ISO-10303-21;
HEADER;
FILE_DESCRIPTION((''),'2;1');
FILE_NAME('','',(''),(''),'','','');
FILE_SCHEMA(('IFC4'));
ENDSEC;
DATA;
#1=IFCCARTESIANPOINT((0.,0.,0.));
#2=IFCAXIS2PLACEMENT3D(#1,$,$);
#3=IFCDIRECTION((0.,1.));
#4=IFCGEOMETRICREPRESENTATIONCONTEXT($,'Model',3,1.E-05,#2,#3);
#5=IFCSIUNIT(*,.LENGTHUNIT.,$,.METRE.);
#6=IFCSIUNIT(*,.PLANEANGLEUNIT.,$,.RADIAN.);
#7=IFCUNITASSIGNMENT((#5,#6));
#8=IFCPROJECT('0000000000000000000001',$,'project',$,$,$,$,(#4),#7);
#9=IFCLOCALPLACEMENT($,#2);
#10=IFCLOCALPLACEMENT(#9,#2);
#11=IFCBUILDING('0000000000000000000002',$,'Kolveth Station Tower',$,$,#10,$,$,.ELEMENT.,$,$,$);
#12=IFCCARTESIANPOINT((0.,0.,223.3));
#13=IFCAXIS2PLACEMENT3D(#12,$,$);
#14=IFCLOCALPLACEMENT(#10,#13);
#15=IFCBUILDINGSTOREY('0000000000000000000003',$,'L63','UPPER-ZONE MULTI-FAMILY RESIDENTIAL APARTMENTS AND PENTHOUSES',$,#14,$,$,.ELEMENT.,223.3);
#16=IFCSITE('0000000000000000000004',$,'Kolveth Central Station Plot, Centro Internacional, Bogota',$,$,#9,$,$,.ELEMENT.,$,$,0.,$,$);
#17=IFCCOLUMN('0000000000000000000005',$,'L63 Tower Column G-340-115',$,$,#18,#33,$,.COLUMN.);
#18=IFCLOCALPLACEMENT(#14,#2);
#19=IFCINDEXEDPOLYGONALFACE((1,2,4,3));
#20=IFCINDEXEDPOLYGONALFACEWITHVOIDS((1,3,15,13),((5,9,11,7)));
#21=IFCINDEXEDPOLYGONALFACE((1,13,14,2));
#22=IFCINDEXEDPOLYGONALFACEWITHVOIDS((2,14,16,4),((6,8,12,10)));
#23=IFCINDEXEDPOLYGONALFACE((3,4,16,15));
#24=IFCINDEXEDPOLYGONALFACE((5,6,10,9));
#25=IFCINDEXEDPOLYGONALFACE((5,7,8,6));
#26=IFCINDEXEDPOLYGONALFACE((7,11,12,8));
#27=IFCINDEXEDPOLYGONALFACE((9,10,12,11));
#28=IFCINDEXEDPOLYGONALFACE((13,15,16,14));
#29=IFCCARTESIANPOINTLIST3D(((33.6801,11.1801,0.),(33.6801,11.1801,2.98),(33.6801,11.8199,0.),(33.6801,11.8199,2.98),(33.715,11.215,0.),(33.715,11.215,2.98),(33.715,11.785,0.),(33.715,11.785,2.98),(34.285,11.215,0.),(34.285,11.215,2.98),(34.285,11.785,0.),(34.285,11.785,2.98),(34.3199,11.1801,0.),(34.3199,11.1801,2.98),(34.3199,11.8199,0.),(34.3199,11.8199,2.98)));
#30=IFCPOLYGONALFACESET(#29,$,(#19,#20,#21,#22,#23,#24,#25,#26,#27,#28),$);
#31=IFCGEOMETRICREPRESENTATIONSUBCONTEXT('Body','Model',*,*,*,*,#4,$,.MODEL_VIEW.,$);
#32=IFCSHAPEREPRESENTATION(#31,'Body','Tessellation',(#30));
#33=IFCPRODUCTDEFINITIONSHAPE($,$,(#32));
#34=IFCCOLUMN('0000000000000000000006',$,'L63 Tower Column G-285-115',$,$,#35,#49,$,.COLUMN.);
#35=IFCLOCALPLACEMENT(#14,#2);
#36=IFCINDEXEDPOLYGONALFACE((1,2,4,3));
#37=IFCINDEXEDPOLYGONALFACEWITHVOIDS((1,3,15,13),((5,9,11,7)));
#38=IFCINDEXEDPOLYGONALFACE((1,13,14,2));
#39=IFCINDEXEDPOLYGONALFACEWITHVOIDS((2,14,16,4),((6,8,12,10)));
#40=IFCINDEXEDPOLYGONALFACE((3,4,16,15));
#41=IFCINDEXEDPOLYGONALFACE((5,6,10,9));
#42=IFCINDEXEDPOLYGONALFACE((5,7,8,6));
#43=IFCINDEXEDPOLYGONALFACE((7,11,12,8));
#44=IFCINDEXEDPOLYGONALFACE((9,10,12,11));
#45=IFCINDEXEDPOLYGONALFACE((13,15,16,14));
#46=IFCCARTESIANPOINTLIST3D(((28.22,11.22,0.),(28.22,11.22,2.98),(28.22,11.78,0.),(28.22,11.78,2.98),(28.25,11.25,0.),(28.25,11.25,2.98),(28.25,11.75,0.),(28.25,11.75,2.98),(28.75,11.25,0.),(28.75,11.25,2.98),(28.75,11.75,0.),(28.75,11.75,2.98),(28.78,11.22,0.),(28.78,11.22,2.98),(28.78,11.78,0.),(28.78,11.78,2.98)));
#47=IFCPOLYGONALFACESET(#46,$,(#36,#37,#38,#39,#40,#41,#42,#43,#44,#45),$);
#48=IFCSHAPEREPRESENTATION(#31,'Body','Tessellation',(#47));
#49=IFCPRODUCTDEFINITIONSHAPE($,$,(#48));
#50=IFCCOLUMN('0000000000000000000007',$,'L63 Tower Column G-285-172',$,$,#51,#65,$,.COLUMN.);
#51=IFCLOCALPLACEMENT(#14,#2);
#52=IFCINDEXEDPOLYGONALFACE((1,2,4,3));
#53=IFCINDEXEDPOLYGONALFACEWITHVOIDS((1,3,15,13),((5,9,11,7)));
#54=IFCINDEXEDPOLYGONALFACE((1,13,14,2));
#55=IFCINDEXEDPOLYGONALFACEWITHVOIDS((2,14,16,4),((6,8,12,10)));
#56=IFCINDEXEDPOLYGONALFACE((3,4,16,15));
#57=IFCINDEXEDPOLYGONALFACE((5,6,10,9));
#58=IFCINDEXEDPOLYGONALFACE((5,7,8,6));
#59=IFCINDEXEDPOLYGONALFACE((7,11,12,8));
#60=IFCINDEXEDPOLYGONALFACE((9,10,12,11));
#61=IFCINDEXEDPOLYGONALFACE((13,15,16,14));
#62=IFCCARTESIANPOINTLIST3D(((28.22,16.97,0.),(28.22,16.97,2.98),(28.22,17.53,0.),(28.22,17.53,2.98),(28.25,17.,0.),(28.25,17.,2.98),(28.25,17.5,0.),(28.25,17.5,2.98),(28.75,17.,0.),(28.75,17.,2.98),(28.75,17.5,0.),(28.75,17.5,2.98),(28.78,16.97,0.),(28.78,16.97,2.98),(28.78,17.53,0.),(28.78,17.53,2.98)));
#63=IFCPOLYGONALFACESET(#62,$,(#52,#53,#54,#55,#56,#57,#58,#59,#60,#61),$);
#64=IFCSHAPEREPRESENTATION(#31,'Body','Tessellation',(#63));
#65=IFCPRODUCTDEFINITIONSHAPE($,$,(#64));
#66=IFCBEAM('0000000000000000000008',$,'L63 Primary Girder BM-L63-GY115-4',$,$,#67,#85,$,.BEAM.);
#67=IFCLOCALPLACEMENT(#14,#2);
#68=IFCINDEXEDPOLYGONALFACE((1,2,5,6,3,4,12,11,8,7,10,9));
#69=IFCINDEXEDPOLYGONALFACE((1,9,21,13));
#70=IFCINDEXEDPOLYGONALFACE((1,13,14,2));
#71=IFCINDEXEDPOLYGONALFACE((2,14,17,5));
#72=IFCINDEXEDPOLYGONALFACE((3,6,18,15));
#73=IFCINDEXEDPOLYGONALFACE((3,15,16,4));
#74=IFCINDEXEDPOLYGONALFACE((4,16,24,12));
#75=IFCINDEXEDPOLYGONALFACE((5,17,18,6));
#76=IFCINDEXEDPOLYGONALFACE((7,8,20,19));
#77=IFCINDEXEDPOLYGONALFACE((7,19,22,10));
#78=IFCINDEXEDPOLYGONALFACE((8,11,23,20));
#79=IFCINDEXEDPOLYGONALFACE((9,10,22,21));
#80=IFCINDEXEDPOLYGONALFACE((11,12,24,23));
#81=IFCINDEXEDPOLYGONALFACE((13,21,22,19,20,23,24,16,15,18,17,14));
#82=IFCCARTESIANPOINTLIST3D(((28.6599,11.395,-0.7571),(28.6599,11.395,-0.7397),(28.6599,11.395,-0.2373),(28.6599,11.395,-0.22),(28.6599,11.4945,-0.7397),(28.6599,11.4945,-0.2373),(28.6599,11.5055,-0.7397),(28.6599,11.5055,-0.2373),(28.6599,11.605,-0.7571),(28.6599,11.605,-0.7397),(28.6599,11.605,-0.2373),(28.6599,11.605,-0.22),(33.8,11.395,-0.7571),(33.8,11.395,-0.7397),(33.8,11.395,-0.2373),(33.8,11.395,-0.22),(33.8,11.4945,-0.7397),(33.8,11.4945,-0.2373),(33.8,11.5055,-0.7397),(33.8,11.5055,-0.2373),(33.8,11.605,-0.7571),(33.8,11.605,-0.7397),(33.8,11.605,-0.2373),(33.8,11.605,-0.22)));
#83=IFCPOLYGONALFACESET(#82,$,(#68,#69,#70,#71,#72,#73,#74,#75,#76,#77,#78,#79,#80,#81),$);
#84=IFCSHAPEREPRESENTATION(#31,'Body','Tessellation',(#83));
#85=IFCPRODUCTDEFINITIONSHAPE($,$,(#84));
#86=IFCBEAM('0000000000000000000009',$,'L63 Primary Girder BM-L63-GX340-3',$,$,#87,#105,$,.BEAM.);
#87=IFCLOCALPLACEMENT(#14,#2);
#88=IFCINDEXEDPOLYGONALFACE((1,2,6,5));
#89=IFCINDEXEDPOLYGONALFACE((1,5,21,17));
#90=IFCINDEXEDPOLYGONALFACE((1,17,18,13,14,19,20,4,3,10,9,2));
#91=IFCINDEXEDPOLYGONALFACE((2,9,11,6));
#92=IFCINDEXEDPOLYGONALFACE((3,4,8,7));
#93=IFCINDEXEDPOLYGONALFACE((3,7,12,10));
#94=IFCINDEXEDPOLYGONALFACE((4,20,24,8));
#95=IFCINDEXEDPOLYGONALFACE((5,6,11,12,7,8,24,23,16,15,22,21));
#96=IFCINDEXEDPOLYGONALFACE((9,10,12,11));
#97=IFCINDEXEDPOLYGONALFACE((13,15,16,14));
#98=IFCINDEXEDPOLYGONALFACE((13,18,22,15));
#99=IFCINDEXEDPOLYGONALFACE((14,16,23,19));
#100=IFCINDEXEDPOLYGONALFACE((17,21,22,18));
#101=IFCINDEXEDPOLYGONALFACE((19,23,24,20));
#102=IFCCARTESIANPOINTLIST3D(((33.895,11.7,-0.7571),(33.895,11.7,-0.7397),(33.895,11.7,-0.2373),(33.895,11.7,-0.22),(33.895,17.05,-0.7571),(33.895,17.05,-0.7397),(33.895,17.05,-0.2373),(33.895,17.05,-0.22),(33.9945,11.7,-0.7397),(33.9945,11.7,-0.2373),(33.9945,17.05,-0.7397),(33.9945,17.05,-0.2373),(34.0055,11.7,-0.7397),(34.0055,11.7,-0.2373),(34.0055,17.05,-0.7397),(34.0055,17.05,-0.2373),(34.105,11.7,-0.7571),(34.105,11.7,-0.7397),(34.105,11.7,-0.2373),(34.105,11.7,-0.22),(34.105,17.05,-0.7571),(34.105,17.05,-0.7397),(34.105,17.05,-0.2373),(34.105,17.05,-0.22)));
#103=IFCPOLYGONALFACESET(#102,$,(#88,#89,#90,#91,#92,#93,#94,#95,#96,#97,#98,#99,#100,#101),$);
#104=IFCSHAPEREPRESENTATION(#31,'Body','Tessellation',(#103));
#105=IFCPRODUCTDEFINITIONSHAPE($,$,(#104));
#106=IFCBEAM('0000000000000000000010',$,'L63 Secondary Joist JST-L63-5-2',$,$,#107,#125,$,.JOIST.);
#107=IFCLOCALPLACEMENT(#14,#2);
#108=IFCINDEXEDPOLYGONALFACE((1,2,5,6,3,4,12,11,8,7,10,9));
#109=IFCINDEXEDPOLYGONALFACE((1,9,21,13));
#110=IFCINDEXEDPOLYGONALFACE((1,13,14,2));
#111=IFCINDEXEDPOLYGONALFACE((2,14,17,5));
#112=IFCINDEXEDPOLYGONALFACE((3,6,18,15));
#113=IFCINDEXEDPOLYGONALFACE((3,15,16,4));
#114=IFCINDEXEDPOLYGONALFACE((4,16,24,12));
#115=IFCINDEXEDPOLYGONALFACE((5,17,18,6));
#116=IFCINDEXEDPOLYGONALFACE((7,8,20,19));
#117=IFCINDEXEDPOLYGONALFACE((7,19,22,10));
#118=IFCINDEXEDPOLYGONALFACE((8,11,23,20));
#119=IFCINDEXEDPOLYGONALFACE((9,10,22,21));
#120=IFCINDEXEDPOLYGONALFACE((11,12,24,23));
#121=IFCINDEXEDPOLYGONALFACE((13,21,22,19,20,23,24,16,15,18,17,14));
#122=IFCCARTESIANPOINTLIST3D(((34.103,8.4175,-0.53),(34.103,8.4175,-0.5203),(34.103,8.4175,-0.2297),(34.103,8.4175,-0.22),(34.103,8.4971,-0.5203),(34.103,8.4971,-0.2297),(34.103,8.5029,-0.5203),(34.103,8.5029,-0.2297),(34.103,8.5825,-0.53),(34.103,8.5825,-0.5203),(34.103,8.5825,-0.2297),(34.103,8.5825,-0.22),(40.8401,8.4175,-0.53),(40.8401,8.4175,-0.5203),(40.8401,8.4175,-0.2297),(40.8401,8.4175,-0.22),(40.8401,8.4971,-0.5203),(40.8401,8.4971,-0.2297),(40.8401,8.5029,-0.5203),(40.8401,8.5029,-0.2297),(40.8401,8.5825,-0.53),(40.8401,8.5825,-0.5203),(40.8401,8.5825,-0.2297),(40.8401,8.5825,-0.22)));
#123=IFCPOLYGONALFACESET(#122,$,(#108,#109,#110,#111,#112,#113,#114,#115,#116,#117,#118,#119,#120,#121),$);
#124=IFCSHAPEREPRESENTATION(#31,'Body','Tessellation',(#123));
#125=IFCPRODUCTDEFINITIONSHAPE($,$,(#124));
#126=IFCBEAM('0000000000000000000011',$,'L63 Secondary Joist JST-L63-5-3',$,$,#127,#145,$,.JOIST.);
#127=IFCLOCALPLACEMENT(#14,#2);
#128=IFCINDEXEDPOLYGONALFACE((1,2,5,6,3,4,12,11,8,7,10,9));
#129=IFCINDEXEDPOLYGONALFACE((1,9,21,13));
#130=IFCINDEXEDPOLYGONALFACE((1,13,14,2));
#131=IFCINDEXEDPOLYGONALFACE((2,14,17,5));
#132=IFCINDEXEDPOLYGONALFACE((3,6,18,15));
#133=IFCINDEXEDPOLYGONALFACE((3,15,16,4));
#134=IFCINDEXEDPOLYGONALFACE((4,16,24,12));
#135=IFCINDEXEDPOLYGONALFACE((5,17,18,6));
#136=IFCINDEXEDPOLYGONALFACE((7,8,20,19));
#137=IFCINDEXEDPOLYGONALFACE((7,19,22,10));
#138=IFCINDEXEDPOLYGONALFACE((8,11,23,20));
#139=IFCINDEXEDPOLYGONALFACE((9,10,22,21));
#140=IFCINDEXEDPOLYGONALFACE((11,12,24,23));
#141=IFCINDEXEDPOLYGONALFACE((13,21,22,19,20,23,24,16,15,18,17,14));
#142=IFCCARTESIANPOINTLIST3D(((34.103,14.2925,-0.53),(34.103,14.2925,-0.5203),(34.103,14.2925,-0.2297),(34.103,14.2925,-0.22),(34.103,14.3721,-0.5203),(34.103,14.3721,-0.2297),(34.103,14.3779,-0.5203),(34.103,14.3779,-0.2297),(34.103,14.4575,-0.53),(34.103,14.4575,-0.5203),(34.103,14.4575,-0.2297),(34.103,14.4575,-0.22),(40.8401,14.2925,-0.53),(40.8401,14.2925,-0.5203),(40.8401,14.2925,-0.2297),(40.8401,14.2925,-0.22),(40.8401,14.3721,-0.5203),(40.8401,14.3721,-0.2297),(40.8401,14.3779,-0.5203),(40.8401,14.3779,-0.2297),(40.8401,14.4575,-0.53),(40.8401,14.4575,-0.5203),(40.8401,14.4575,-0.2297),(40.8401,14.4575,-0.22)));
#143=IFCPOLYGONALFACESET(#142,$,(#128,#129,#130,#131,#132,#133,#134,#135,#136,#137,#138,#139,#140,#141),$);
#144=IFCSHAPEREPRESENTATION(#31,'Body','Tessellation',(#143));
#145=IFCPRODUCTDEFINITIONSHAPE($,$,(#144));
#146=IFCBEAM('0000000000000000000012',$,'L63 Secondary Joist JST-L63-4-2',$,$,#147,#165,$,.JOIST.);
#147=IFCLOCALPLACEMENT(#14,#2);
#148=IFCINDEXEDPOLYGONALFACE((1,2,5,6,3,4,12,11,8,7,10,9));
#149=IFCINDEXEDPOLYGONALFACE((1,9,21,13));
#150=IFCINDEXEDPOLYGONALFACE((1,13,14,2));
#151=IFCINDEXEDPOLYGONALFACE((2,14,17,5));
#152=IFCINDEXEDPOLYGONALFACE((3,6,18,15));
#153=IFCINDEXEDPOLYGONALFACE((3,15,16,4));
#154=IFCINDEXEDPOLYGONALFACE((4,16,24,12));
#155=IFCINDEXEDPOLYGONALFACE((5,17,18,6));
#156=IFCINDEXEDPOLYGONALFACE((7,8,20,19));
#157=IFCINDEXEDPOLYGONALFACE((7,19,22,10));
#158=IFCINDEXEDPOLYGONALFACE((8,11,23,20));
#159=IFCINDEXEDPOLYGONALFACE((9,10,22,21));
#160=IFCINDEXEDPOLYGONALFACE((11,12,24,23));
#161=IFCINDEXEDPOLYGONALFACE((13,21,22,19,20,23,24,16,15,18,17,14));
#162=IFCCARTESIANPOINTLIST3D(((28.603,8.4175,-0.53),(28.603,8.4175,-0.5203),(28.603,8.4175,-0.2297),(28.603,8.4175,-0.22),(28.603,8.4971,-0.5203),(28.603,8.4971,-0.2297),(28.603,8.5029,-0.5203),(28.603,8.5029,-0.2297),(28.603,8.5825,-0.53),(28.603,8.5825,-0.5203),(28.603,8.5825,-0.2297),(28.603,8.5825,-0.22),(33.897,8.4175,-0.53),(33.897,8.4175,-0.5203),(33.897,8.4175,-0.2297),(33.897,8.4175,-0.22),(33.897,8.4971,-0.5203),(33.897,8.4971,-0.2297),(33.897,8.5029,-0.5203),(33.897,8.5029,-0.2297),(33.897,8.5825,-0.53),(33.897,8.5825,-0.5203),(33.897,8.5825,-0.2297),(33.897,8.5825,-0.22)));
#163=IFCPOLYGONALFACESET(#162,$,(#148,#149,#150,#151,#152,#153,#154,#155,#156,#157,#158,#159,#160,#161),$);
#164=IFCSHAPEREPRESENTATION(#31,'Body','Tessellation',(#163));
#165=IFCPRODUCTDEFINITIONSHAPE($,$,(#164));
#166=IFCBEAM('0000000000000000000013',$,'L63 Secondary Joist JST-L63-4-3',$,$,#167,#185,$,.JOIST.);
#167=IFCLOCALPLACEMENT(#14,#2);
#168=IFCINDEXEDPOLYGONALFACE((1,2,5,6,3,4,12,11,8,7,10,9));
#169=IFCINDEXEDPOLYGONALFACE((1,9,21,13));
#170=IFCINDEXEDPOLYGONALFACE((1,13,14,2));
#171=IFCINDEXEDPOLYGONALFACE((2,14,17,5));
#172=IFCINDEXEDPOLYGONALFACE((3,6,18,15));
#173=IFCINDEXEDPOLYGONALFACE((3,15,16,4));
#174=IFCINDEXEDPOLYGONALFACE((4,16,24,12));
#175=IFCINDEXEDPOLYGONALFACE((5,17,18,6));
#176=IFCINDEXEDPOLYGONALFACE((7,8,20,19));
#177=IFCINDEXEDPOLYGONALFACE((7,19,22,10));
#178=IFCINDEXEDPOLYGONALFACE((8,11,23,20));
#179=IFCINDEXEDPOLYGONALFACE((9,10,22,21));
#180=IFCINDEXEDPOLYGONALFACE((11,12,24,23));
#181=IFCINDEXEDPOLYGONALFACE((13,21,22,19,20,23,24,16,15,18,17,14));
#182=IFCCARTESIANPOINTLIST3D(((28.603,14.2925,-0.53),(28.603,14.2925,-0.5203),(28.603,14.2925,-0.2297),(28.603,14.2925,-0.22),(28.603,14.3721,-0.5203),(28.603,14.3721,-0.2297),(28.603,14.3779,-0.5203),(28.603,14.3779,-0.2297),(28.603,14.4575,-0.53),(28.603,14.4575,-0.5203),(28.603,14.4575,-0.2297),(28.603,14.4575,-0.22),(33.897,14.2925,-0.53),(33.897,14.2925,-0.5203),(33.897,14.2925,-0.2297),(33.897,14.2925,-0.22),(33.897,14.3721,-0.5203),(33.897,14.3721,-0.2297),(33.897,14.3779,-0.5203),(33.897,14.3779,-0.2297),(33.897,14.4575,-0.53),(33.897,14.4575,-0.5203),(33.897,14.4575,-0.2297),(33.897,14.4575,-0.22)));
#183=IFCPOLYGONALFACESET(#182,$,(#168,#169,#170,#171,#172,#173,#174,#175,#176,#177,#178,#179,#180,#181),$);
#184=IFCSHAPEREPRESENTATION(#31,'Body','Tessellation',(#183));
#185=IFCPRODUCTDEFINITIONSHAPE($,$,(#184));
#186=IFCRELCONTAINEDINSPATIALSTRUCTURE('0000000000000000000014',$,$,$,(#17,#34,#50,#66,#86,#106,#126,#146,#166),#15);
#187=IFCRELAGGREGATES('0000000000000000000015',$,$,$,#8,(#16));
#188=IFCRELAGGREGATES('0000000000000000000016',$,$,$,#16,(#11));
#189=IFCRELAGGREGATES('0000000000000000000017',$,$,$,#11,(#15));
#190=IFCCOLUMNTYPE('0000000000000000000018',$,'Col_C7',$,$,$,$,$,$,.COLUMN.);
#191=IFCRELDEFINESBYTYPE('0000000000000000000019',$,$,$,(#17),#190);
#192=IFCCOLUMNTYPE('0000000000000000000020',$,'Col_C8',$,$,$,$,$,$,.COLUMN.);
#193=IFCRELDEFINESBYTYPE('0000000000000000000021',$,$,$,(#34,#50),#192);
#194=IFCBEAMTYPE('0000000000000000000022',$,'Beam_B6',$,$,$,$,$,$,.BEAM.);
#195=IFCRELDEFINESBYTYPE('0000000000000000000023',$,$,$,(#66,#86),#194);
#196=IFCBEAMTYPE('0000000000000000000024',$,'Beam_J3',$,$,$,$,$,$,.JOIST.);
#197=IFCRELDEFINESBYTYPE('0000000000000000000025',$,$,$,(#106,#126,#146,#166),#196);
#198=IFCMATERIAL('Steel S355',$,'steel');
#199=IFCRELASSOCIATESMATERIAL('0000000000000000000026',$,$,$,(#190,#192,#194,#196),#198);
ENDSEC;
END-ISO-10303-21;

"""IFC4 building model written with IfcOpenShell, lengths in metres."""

from ifc_helpers import new_model, si_unit, direction, frame, origin, origin_2d, place, context, subcontext, project, spatial, hollow_rectangle, i_section, extrude, source, transform, mapped, material, material_profile, profile_set, type_object, element, save


model = new_model("IFC4")

# Units and contexts
model_context = context("Model", 3, precision=1e-05, world=origin(), true_north=direction((0.0, 1.0)))
body_context = subcontext(model_context, "Body", "Model", "MODEL_VIEW")
ifc_project = project(units=[si_unit("LENGTHUNIT", "METRE"), si_unit("PLANEANGLEUNIT", "RADIAN")], contexts=[model_context])

# Site, building, storey
site_placement = place(None, origin())
site = spatial("IfcSite", under=ifc_project, at=site_placement, Name="Kolveth Central Station Plot, Centro Internacional, Bogota", CompositionType="ELEMENT", RefElevation=0.0)
building_placement = place(site_placement, origin())
building = spatial("IfcBuilding", under=site, at=building_placement, Name="Kolveth Station Tower", CompositionType="ELEMENT")
storey_placement = place(building_placement, frame((0.0, 0.0, 223.3)))
storey = spatial("IfcBuildingStorey", under=building, at=storey_placement, Name="L63", Description="UPPER-ZONE MULTI-FAMILY RESIDENTIAL APARTMENTS AND PENTHOUSES", CompositionType="ELEMENT", Elevation=223.3)

# Columns
ifc_material_1 = material(Name="Steel S355", Category="steel")
ifc_material_profile_1 = material_profile(ifc_material_1, hollow_rectangle(XDim=0.6399, YDim=0.6399, WallThickness=0.0349, at=origin_2d()), Name="BOX640x640x35")
ifc_profile_set_1 = profile_set([ifc_material_profile_1], Name="Steel S355")
column_type_1 = type_object("IfcColumnType", Name="Col_C7", PredefinedType="COLUMN", material=ifc_profile_set_1)
shared_shape_1 = source(origin(), body_context, "Body", "SweptSolid", [
    extrude(hollow_rectangle(XDim=0.6399, YDim=0.6399, WallThickness=0.0349, at=origin_2d()), origin(), (0.0, 0.0, 1.0), 2.98),
])
column_placement = place(storey_placement, frame((34.0, 11.5, 0.0), z_axis=(0.0, 0.0, 1.0), x_axis=(1.0, 0.0, 0.0)))
element("IfcColumn", 1, at=column_placement, inside=storey, type_object=column_type_1, Name="L63 Tower Column G-340-115", PredefinedType="COLUMN", context=body_context, shape_type="MappedRepresentation", body=[
    mapped(shared_shape_1, transform((0.0, 0.0, 0.0), x_axis=(1.0, 0.0, 0.0), y_axis=(0.0, 1.0, 0.0), z_axis=(0.0, 0.0, 1.0), scale=1.0)),
])
ifc_material_profile_2 = material_profile(ifc_material_1, hollow_rectangle(XDim=0.5601, YDim=0.5601, WallThickness=0.03, at=origin_2d()), Name="BOX560x560x30")
ifc_profile_set_2 = profile_set([ifc_material_profile_2], Name="Steel S355")
column_type_2 = type_object("IfcColumnType", Name="Col_C8", PredefinedType="COLUMN", material=ifc_profile_set_2)
shared_shape_2 = source(origin(), body_context, "Body", "SweptSolid", [
    extrude(hollow_rectangle(XDim=0.5601, YDim=0.5601, WallThickness=0.03, at=origin_2d()), origin(), (0.0, 0.0, 1.0), 2.98),
])
for number, where, z_axis, x_axis, name in (
    (2, (28.5, 11.5, 0.0), (0.0, 0.0, 1.0), (1.0, 0.0, 0.0), "L63 Tower Column G-285-115"),
    (3, (28.5, 17.25, 0.0), (0.0, 0.0, 1.0), (1.0, 0.0, 0.0), "L63 Tower Column G-285-172"),
):
    element("IfcColumn", number, at=place(storey_placement, frame(where, z_axis=z_axis, x_axis=x_axis)), inside=storey, type_object=column_type_2, Name=name, PredefinedType="COLUMN", context=body_context, shape_type="MappedRepresentation", body=[
        mapped(shared_shape_2, transform((0.0, 0.0, 0.0), x_axis=(1.0, 0.0, 0.0), y_axis=(0.0, 1.0, 0.0), z_axis=(0.0, 0.0, 1.0), scale=1.0)),
    ])

# Beams
ifc_material_profile_3 = material_profile(ifc_material_1, i_section(OverallWidth=0.21, OverallDepth=0.5371, WebThickness=0.011, FlangeThickness=0.0173, at=origin_2d()), Name="W530x101")
ifc_profile_set_3 = profile_set([ifc_material_profile_3], Name="Steel S355")
beam_type_1 = type_object("IfcBeamType", Name="Beam_B6", PredefinedType="BEAM", material=ifc_profile_set_3)
shared_shape_3 = source(origin(), body_context, "Body", "SweptSolid", [
    extrude(i_section(OverallWidth=0.21, OverallDepth=0.5371, WebThickness=0.011, FlangeThickness=0.0173, at=origin_2d()), origin(), (0.0, 0.0, 1.0), 5.1401),
])
beam_1_placement = place(storey_placement, frame((28.6599, 11.5, -0.4885), z_axis=(1.0, 0.0, 0.0), x_axis=(0.0, 1.0, 0.0)))
element("IfcBeam", 4, at=beam_1_placement, inside=storey, type_object=beam_type_1, Name="L63 Primary Girder BM-L63-GY115-4", PredefinedType="BEAM", context=body_context, shape_type="MappedRepresentation", body=[
    mapped(shared_shape_3, transform((0.0, 0.0, 0.0), x_axis=(1.0, 0.0, 0.0), y_axis=(0.0, 1.0, 0.0), z_axis=(0.0, 0.0, 1.0), scale=1.0)),
])
shared_shape_4 = source(origin(), body_context, "Body", "SweptSolid", [
    extrude(i_section(OverallWidth=0.21, OverallDepth=0.5371, WebThickness=0.011, FlangeThickness=0.0173, at=origin_2d()), origin(), (0.0, 0.0, 1.0), 5.3501),
])
beam_2_placement = place(storey_placement, frame((34.0, 11.7, -0.4885), z_axis=(0.0, 1.0, 0.0), x_axis=(-1.0, 0.0, 0.0)))
element("IfcBeam", 5, at=beam_2_placement, inside=storey, type_object=beam_type_1, Name="L63 Primary Girder BM-L63-GX340-3", PredefinedType="BEAM", context=body_context, shape_type="MappedRepresentation", body=[
    mapped(shared_shape_4, transform((0.0, 0.0, 0.0), x_axis=(1.0, 0.0, 0.0), y_axis=(0.0, 1.0, 0.0), z_axis=(0.0, 0.0, 1.0), scale=1.0)),
])
ifc_material_profile_4 = material_profile(ifc_material_1, i_section(OverallWidth=0.165, OverallDepth=0.3101, WebThickness=0.0059, FlangeThickness=0.0098, at=origin_2d()), Name="W310x39")
ifc_profile_set_4 = profile_set([ifc_material_profile_4], Name="Steel S355")
beam_type_2 = type_object("IfcBeamType", Name="Beam_J3", PredefinedType="JOIST", material=ifc_profile_set_4)
shared_shape_5 = source(origin(), body_context, "Body", "SweptSolid", [
    extrude(i_section(OverallWidth=0.165, OverallDepth=0.3101, WebThickness=0.0059, FlangeThickness=0.0098, at=origin_2d()), origin(), (0.0, 0.0, 1.0), 6.7371),
])
for number, where, z_axis, x_axis, name in (
    (6, (34.103, 8.5, -0.375), (1.0, 0.0, 0.0), (0.0, 1.0, 0.0), "L63 Secondary Joist JST-L63-5-2"),
    (7, (34.103, 14.375, -0.375), (1.0, 0.0, 0.0), (0.0, 1.0, 0.0), "L63 Secondary Joist JST-L63-5-3"),
):
    element("IfcBeam", number, at=place(storey_placement, frame(where, z_axis=z_axis, x_axis=x_axis)), inside=storey, type_object=beam_type_2, Name=name, PredefinedType="JOIST", context=body_context, shape_type="MappedRepresentation", body=[
        mapped(shared_shape_5, transform((0.0, 0.0, 0.0), x_axis=(1.0, 0.0, 0.0), y_axis=(0.0, 1.0, 0.0), z_axis=(0.0, 0.0, 1.0), scale=1.0)),
    ])
shared_shape_6 = source(origin(), body_context, "Body", "SweptSolid", [
    extrude(i_section(OverallWidth=0.165, OverallDepth=0.3101, WebThickness=0.0059, FlangeThickness=0.0098, at=origin_2d()), origin(), (0.0, 0.0, 1.0), 5.2939),
])
for number, where, z_axis, x_axis, name in (
    (8, (28.603, 8.5, -0.375), (1.0, 0.0, 0.0), (0.0, 1.0, 0.0), "L63 Secondary Joist JST-L63-4-2"),
    (9, (28.603, 14.375, -0.375), (1.0, 0.0, 0.0), (0.0, 1.0, 0.0), "L63 Secondary Joist JST-L63-4-3"),
):
    element("IfcBeam", number, at=place(storey_placement, frame(where, z_axis=z_axis, x_axis=x_axis)), inside=storey, type_object=beam_type_2, Name=name, PredefinedType="JOIST", context=body_context, shape_type="MappedRepresentation", body=[
        mapped(shared_shape_6, transform((0.0, 0.0, 0.0), x_axis=(1.0, 0.0, 0.0), y_axis=(0.0, 1.0, 0.0), z_axis=(0.0, 0.0, 1.0), scale=1.0)),
    ])

save(model, "model.ifc")
